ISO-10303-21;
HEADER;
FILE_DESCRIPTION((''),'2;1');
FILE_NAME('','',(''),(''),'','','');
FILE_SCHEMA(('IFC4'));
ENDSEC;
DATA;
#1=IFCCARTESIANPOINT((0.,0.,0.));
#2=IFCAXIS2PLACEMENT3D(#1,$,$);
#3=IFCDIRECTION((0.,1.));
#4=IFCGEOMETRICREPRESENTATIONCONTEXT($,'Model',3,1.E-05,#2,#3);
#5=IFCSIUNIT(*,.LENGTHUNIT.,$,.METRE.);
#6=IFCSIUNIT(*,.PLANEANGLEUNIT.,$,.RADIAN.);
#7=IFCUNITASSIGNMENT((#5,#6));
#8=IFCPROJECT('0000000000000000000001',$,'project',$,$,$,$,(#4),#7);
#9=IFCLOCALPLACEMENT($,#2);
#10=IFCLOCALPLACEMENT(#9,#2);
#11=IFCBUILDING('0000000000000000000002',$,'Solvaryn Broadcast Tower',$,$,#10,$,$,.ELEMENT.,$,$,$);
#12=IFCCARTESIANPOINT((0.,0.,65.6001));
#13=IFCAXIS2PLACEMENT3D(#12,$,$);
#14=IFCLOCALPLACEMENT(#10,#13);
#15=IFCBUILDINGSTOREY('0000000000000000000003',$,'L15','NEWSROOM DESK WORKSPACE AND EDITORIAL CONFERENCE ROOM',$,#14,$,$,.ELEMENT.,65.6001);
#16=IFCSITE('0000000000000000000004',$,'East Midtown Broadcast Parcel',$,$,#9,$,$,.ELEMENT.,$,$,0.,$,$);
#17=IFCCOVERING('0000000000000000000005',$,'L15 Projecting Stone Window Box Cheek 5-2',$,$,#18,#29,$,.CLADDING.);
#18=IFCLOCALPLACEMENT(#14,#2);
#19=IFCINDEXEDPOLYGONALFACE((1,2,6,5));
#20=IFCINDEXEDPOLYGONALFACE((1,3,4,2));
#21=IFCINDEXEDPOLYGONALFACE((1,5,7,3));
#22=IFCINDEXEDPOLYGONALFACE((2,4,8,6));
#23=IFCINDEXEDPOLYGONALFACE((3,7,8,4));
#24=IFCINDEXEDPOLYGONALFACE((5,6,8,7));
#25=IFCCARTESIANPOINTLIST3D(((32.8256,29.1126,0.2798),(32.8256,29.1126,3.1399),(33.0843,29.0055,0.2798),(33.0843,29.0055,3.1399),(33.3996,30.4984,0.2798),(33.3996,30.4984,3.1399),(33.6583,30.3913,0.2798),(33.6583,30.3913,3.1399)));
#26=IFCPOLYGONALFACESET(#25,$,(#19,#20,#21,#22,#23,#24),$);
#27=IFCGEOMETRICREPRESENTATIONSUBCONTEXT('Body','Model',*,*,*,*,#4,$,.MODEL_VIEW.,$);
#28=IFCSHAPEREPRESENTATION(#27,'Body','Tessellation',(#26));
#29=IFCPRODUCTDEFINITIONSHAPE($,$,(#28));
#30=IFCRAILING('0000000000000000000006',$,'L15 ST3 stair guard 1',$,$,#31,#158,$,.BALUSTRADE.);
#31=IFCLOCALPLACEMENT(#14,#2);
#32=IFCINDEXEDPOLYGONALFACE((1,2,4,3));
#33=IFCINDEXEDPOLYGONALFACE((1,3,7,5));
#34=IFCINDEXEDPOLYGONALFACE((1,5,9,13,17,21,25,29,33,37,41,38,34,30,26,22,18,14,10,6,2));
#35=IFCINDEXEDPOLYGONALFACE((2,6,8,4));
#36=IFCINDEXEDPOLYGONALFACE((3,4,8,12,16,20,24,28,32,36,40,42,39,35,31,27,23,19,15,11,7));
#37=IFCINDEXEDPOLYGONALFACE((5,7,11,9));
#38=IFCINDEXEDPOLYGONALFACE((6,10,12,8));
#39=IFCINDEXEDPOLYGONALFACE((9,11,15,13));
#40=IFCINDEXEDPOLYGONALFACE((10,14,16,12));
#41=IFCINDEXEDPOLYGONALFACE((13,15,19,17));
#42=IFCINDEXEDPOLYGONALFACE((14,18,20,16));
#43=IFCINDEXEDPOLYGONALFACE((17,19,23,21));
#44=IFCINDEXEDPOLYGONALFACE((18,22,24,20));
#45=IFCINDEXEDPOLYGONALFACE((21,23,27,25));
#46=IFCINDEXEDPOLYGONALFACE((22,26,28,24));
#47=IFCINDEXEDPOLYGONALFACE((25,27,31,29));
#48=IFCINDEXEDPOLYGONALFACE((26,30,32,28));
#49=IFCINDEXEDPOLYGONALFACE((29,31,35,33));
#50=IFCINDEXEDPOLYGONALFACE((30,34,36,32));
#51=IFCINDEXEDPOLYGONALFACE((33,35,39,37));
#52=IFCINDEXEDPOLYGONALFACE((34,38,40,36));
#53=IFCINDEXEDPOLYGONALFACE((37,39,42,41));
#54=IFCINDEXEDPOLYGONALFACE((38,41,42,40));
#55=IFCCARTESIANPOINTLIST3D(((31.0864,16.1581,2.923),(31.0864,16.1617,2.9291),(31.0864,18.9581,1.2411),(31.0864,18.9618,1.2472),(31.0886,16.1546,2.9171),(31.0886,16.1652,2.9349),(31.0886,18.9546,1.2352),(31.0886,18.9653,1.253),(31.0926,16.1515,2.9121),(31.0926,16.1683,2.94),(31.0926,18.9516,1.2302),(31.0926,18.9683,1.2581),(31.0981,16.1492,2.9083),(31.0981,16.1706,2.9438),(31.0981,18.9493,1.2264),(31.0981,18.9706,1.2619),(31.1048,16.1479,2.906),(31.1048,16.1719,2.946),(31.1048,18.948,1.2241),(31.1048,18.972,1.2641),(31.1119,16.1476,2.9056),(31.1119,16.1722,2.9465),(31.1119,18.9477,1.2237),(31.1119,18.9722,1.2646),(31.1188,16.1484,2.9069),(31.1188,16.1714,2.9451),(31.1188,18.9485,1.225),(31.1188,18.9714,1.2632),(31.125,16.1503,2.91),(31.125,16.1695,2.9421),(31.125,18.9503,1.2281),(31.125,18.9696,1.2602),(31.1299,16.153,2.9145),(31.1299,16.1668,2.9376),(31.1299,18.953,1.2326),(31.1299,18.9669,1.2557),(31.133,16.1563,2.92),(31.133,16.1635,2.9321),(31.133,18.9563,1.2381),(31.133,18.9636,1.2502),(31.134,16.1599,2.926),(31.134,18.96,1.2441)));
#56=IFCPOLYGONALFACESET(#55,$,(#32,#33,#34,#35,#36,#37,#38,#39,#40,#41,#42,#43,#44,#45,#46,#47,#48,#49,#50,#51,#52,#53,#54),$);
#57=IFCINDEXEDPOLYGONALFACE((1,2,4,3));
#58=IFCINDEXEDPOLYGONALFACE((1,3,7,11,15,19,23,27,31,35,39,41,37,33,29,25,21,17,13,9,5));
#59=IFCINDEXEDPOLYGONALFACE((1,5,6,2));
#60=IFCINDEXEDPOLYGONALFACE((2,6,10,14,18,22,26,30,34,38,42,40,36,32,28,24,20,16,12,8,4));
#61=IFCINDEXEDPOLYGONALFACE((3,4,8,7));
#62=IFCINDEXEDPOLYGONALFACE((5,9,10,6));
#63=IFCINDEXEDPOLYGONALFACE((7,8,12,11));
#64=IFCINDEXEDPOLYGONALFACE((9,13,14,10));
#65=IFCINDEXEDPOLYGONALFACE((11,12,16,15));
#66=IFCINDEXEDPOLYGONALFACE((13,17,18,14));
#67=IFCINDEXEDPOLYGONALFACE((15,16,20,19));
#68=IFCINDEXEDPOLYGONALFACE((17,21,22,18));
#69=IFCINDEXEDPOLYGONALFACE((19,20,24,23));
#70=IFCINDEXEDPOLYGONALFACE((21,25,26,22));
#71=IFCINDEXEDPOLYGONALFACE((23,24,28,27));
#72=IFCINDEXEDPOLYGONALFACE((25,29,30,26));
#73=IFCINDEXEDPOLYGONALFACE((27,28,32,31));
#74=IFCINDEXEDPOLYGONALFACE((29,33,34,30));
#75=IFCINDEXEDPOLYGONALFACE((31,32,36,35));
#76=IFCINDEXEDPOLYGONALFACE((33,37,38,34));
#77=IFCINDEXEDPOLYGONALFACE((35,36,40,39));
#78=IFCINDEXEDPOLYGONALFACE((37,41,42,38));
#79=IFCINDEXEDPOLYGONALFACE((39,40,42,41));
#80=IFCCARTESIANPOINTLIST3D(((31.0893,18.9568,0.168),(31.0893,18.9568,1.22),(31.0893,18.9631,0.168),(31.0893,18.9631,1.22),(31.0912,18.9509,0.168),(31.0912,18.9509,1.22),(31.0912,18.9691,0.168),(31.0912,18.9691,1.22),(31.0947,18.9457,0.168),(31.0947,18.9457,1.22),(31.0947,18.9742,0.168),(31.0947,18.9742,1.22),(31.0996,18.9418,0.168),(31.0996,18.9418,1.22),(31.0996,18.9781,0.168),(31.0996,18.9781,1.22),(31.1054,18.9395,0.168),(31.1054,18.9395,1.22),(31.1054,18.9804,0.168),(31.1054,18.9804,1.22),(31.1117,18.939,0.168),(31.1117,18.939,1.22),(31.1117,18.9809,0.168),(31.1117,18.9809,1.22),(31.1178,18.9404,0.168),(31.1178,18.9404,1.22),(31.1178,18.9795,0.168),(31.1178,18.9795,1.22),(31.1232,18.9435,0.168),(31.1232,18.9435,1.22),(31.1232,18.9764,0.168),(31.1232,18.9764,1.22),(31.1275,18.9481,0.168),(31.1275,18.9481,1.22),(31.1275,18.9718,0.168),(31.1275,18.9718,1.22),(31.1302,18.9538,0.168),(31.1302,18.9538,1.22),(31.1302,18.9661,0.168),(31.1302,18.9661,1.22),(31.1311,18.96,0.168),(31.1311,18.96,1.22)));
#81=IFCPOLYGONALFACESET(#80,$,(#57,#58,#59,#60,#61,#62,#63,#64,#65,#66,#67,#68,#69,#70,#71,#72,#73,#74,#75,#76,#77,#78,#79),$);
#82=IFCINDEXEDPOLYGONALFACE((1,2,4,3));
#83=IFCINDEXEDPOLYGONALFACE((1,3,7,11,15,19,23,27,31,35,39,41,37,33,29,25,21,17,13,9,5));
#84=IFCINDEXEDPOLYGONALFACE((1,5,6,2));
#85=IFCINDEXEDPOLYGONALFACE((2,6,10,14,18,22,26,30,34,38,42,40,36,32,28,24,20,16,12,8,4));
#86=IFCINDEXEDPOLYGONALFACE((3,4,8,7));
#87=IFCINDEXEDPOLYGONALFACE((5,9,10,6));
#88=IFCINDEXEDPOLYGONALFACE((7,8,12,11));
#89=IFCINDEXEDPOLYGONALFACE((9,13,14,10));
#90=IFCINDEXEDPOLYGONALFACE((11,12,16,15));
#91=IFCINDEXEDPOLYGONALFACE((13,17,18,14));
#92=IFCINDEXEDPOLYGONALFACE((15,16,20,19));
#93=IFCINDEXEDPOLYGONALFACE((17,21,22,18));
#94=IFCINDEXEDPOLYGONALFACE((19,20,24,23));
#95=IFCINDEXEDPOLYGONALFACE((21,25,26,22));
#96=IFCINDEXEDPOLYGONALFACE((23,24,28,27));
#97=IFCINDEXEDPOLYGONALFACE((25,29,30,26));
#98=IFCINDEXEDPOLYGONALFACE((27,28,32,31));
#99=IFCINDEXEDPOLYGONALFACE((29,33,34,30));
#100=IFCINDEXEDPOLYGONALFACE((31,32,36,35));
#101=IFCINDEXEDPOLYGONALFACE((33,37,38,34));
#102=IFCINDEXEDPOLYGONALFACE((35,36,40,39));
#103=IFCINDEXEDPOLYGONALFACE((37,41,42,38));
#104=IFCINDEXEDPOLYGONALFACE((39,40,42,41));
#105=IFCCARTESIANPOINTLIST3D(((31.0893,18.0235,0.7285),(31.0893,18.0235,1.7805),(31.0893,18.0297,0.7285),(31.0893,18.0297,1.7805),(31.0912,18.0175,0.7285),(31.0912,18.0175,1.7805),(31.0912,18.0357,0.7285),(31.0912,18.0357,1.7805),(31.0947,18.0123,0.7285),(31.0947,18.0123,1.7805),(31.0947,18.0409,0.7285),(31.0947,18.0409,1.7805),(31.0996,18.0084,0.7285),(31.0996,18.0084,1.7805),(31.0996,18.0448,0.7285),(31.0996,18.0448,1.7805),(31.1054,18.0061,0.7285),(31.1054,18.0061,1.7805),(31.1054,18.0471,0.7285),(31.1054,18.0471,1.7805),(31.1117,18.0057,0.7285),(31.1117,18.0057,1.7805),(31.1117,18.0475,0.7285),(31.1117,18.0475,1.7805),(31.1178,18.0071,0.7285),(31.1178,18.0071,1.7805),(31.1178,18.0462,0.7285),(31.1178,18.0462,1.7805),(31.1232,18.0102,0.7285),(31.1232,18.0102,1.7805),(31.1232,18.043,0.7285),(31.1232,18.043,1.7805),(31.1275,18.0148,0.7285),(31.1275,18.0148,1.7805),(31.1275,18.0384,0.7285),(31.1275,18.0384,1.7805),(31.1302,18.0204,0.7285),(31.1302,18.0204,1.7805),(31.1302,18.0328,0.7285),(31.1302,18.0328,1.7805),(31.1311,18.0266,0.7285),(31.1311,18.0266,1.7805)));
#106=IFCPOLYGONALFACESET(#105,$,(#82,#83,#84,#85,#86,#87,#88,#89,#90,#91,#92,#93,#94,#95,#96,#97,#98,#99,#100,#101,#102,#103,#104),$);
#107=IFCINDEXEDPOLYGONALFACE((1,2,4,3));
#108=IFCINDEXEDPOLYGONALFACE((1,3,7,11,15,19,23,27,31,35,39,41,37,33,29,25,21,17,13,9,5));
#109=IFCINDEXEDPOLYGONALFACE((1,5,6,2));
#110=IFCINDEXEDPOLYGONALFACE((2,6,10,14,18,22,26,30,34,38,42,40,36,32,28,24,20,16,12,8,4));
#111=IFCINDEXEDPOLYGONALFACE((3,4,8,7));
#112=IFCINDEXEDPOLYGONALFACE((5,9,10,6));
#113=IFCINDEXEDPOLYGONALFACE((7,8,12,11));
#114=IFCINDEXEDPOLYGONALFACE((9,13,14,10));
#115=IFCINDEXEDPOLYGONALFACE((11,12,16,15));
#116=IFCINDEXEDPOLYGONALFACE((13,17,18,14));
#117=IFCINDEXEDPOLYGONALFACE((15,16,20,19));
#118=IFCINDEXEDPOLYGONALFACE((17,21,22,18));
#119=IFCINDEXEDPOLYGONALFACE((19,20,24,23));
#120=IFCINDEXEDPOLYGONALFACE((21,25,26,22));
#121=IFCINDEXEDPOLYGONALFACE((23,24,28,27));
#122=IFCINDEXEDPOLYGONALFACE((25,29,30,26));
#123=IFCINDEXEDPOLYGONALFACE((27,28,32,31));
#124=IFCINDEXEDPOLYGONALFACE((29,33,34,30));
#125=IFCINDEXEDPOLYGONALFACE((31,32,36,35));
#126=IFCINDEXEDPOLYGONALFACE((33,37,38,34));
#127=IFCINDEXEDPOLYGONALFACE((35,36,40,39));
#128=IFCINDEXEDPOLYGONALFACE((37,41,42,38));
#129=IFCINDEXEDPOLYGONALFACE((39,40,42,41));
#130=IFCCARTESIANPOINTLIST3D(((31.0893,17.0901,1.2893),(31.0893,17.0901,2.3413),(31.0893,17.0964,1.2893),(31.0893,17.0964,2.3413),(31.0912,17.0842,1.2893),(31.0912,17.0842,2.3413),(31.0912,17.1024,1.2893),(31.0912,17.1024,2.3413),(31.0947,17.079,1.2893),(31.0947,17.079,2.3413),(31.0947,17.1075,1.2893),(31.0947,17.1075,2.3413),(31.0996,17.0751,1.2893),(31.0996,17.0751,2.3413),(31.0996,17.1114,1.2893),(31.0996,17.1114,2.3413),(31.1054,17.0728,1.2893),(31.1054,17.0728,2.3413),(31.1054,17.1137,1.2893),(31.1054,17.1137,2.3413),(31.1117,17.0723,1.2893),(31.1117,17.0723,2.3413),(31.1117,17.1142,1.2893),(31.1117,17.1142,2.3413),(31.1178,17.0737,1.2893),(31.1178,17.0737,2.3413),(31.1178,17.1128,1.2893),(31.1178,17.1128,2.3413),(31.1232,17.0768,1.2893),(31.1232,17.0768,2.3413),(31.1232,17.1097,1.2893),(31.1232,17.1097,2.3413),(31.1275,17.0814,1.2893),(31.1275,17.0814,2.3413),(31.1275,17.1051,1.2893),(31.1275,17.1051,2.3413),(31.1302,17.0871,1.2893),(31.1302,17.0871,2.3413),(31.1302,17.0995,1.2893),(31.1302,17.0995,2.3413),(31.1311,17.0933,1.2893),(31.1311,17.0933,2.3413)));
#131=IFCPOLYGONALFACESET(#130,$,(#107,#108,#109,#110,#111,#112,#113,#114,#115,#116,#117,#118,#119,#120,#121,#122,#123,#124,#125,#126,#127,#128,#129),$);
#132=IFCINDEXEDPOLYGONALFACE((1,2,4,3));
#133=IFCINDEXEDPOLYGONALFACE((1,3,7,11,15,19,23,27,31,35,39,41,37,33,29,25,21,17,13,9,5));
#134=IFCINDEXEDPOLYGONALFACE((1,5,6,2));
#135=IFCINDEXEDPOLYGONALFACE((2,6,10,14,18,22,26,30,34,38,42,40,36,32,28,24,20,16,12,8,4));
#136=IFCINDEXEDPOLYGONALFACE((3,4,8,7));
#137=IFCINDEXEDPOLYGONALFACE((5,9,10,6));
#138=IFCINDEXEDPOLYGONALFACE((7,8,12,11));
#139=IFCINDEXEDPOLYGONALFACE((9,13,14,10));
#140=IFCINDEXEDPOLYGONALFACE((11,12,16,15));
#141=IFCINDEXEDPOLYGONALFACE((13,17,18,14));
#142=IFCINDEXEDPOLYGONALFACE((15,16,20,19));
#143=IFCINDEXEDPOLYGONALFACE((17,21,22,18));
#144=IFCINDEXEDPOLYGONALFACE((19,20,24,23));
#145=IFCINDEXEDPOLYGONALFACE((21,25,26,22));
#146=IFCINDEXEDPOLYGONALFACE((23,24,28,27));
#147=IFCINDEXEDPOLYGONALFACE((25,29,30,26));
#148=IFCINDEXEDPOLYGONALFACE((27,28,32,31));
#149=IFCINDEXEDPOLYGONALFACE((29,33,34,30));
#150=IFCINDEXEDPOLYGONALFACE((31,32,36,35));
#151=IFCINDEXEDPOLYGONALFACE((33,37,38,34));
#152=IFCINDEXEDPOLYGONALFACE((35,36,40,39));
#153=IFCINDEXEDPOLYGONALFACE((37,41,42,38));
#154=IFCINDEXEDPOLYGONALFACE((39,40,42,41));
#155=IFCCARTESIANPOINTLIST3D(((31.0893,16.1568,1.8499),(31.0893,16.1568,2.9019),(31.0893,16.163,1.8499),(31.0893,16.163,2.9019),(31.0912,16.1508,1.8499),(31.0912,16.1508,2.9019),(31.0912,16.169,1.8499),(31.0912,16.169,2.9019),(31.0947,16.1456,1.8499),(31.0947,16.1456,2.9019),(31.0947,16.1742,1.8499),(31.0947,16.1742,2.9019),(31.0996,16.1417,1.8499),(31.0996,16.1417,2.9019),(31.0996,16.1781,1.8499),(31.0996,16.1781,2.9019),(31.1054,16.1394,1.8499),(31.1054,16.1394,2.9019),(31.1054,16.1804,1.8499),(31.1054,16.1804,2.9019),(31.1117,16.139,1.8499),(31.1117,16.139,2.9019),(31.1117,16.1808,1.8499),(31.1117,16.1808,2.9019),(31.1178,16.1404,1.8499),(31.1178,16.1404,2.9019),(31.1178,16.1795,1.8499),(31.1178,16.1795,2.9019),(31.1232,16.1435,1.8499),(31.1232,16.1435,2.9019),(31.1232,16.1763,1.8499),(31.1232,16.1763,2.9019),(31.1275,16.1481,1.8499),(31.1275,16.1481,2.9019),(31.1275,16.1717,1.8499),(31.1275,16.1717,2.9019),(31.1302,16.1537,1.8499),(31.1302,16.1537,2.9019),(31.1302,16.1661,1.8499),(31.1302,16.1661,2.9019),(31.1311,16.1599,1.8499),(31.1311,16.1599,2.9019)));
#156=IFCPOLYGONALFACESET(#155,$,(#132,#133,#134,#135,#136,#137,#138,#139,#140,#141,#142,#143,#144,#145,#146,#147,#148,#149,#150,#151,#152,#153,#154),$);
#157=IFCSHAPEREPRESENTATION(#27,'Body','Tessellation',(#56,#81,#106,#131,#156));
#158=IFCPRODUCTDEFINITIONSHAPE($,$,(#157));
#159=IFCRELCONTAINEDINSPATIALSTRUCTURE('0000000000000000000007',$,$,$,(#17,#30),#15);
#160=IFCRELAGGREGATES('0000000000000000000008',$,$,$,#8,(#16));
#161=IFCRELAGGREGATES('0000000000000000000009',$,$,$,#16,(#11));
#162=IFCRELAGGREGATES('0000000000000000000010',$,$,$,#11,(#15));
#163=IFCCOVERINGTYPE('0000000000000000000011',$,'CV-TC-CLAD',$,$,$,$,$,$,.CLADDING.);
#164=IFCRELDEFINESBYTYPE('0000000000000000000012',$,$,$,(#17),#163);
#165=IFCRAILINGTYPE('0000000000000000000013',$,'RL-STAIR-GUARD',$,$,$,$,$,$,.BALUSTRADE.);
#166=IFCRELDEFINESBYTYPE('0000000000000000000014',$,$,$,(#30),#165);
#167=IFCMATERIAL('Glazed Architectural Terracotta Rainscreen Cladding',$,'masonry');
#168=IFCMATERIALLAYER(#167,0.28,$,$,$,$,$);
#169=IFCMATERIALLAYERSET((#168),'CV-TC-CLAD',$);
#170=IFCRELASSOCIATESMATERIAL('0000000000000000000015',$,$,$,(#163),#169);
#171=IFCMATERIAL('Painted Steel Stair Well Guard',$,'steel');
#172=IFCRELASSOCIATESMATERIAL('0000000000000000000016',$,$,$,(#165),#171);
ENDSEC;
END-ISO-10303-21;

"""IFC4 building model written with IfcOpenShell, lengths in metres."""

from ifc_helpers import new_model, si_unit, direction, frame, origin, origin_2d, place, context, subcontext, project, spatial, rectangle, circle, extrude, material, layer, layer_set, type_object, element, save


model = new_model("IFC4")

# Units and contexts
model_context = context("Model", 3, precision=1e-05, world=origin(), true_north=direction((0.0, 1.0)))
body_context = subcontext(model_context, "Body", "Model", "MODEL_VIEW")
ifc_project = project(units=[si_unit("LENGTHUNIT", "METRE"), si_unit("PLANEANGLEUNIT", "RADIAN")], contexts=[model_context])

# Site, building, storey
site_placement = place(None, origin())
site = spatial("IfcSite", under=ifc_project, at=site_placement, Name="East Midtown Broadcast Parcel", CompositionType="ELEMENT", RefElevation=0.0)
building_placement = place(site_placement, origin())
building = spatial("IfcBuilding", under=site, at=building_placement, Name="Solvaryn Broadcast Tower", CompositionType="ELEMENT")
storey_placement = place(building_placement, frame((0.0, 0.0, 65.6001)))
storey = spatial("IfcBuildingStorey", under=building, at=storey_placement, Name="L15", Description="NEWSROOM DESK WORKSPACE AND EDITORIAL CONFERENCE ROOM", CompositionType="ELEMENT", Elevation=65.6001)

# Covering
ifc_material_1 = material(Name="Glazed Architectural Terracotta Rainscreen Cladding", Category="masonry")
ifc_layer_1 = layer(ifc_material_1, 0.28)
ifc_layer_set_1 = layer_set([ifc_layer_1], Name="CV-TC-CLAD")
covering_type_1 = type_object("IfcCoveringType", Name="CV-TC-CLAD", PredefinedType="CLADDING", material=ifc_layer_set_1)
covering_1_placement = place(storey_placement, frame((33.2419, 29.752, 0.2798), z_axis=(0.0, 0.0, 1.0), x_axis=(-0.92388, 0.382683, 0.0)))
element("IfcCovering", 1, at=covering_1_placement, inside=storey, type_object=covering_type_1, Name="L15 Projecting Stone Window Box Cheek 5-2", PredefinedType="CLADDING", context=body_context, shape_type="SweptSolid", body=[
    extrude(rectangle(XDim=0.28, YDim=1.5, at=origin_2d()), origin(), (0.0, 0.0, 1.0), 2.8601),
])

# Railing
ifc_material_2 = material(Name="Painted Steel Stair Well Guard", Category="steel")
railing_type_1 = type_object("IfcRailingType", Name="RL-STAIR-GUARD", PredefinedType="BALUSTRADE", material=ifc_material_2)
railing_1_placement = place(storey_placement, frame((31.1101, 18.96, 0.168)))
element("IfcRailing", 2, at=railing_1_placement, inside=storey, type_object=railing_type_1, Name="L15 ST3 stair guard 1", PredefinedType="BALUSTRADE", context=body_context, shape_type="SweptSolid", body=[
    extrude(circle(Radius=0.0239, at=origin_2d()), frame((0.0, 0.0, 1.0762), z_axis=(0.0, -0.857242, 0.514913), x_axis=(1.0, 0.0, 0.0)), (0.0, 0.0, 1.0), 3.2664),
    extrude(circle(Radius=0.021, at=origin_2d()), origin(), (0.0, 0.0, 1.0), 1.052),
    extrude(circle(Radius=0.021, at=origin_2d()), frame((0.0, -0.9333, 0.5605)), (0.0, 0.0, 1.0), 1.052),
    extrude(circle(Radius=0.021, at=origin_2d()), frame((0.0, -1.8667, 1.1213)), (0.0, 0.0, 1.0), 1.052),
    extrude(circle(Radius=0.021, at=origin_2d()), frame((0.0, -2.8, 1.6819)), (0.0, 0.0, 1.0), 1.052),
])

save(model, "model.ifc")
